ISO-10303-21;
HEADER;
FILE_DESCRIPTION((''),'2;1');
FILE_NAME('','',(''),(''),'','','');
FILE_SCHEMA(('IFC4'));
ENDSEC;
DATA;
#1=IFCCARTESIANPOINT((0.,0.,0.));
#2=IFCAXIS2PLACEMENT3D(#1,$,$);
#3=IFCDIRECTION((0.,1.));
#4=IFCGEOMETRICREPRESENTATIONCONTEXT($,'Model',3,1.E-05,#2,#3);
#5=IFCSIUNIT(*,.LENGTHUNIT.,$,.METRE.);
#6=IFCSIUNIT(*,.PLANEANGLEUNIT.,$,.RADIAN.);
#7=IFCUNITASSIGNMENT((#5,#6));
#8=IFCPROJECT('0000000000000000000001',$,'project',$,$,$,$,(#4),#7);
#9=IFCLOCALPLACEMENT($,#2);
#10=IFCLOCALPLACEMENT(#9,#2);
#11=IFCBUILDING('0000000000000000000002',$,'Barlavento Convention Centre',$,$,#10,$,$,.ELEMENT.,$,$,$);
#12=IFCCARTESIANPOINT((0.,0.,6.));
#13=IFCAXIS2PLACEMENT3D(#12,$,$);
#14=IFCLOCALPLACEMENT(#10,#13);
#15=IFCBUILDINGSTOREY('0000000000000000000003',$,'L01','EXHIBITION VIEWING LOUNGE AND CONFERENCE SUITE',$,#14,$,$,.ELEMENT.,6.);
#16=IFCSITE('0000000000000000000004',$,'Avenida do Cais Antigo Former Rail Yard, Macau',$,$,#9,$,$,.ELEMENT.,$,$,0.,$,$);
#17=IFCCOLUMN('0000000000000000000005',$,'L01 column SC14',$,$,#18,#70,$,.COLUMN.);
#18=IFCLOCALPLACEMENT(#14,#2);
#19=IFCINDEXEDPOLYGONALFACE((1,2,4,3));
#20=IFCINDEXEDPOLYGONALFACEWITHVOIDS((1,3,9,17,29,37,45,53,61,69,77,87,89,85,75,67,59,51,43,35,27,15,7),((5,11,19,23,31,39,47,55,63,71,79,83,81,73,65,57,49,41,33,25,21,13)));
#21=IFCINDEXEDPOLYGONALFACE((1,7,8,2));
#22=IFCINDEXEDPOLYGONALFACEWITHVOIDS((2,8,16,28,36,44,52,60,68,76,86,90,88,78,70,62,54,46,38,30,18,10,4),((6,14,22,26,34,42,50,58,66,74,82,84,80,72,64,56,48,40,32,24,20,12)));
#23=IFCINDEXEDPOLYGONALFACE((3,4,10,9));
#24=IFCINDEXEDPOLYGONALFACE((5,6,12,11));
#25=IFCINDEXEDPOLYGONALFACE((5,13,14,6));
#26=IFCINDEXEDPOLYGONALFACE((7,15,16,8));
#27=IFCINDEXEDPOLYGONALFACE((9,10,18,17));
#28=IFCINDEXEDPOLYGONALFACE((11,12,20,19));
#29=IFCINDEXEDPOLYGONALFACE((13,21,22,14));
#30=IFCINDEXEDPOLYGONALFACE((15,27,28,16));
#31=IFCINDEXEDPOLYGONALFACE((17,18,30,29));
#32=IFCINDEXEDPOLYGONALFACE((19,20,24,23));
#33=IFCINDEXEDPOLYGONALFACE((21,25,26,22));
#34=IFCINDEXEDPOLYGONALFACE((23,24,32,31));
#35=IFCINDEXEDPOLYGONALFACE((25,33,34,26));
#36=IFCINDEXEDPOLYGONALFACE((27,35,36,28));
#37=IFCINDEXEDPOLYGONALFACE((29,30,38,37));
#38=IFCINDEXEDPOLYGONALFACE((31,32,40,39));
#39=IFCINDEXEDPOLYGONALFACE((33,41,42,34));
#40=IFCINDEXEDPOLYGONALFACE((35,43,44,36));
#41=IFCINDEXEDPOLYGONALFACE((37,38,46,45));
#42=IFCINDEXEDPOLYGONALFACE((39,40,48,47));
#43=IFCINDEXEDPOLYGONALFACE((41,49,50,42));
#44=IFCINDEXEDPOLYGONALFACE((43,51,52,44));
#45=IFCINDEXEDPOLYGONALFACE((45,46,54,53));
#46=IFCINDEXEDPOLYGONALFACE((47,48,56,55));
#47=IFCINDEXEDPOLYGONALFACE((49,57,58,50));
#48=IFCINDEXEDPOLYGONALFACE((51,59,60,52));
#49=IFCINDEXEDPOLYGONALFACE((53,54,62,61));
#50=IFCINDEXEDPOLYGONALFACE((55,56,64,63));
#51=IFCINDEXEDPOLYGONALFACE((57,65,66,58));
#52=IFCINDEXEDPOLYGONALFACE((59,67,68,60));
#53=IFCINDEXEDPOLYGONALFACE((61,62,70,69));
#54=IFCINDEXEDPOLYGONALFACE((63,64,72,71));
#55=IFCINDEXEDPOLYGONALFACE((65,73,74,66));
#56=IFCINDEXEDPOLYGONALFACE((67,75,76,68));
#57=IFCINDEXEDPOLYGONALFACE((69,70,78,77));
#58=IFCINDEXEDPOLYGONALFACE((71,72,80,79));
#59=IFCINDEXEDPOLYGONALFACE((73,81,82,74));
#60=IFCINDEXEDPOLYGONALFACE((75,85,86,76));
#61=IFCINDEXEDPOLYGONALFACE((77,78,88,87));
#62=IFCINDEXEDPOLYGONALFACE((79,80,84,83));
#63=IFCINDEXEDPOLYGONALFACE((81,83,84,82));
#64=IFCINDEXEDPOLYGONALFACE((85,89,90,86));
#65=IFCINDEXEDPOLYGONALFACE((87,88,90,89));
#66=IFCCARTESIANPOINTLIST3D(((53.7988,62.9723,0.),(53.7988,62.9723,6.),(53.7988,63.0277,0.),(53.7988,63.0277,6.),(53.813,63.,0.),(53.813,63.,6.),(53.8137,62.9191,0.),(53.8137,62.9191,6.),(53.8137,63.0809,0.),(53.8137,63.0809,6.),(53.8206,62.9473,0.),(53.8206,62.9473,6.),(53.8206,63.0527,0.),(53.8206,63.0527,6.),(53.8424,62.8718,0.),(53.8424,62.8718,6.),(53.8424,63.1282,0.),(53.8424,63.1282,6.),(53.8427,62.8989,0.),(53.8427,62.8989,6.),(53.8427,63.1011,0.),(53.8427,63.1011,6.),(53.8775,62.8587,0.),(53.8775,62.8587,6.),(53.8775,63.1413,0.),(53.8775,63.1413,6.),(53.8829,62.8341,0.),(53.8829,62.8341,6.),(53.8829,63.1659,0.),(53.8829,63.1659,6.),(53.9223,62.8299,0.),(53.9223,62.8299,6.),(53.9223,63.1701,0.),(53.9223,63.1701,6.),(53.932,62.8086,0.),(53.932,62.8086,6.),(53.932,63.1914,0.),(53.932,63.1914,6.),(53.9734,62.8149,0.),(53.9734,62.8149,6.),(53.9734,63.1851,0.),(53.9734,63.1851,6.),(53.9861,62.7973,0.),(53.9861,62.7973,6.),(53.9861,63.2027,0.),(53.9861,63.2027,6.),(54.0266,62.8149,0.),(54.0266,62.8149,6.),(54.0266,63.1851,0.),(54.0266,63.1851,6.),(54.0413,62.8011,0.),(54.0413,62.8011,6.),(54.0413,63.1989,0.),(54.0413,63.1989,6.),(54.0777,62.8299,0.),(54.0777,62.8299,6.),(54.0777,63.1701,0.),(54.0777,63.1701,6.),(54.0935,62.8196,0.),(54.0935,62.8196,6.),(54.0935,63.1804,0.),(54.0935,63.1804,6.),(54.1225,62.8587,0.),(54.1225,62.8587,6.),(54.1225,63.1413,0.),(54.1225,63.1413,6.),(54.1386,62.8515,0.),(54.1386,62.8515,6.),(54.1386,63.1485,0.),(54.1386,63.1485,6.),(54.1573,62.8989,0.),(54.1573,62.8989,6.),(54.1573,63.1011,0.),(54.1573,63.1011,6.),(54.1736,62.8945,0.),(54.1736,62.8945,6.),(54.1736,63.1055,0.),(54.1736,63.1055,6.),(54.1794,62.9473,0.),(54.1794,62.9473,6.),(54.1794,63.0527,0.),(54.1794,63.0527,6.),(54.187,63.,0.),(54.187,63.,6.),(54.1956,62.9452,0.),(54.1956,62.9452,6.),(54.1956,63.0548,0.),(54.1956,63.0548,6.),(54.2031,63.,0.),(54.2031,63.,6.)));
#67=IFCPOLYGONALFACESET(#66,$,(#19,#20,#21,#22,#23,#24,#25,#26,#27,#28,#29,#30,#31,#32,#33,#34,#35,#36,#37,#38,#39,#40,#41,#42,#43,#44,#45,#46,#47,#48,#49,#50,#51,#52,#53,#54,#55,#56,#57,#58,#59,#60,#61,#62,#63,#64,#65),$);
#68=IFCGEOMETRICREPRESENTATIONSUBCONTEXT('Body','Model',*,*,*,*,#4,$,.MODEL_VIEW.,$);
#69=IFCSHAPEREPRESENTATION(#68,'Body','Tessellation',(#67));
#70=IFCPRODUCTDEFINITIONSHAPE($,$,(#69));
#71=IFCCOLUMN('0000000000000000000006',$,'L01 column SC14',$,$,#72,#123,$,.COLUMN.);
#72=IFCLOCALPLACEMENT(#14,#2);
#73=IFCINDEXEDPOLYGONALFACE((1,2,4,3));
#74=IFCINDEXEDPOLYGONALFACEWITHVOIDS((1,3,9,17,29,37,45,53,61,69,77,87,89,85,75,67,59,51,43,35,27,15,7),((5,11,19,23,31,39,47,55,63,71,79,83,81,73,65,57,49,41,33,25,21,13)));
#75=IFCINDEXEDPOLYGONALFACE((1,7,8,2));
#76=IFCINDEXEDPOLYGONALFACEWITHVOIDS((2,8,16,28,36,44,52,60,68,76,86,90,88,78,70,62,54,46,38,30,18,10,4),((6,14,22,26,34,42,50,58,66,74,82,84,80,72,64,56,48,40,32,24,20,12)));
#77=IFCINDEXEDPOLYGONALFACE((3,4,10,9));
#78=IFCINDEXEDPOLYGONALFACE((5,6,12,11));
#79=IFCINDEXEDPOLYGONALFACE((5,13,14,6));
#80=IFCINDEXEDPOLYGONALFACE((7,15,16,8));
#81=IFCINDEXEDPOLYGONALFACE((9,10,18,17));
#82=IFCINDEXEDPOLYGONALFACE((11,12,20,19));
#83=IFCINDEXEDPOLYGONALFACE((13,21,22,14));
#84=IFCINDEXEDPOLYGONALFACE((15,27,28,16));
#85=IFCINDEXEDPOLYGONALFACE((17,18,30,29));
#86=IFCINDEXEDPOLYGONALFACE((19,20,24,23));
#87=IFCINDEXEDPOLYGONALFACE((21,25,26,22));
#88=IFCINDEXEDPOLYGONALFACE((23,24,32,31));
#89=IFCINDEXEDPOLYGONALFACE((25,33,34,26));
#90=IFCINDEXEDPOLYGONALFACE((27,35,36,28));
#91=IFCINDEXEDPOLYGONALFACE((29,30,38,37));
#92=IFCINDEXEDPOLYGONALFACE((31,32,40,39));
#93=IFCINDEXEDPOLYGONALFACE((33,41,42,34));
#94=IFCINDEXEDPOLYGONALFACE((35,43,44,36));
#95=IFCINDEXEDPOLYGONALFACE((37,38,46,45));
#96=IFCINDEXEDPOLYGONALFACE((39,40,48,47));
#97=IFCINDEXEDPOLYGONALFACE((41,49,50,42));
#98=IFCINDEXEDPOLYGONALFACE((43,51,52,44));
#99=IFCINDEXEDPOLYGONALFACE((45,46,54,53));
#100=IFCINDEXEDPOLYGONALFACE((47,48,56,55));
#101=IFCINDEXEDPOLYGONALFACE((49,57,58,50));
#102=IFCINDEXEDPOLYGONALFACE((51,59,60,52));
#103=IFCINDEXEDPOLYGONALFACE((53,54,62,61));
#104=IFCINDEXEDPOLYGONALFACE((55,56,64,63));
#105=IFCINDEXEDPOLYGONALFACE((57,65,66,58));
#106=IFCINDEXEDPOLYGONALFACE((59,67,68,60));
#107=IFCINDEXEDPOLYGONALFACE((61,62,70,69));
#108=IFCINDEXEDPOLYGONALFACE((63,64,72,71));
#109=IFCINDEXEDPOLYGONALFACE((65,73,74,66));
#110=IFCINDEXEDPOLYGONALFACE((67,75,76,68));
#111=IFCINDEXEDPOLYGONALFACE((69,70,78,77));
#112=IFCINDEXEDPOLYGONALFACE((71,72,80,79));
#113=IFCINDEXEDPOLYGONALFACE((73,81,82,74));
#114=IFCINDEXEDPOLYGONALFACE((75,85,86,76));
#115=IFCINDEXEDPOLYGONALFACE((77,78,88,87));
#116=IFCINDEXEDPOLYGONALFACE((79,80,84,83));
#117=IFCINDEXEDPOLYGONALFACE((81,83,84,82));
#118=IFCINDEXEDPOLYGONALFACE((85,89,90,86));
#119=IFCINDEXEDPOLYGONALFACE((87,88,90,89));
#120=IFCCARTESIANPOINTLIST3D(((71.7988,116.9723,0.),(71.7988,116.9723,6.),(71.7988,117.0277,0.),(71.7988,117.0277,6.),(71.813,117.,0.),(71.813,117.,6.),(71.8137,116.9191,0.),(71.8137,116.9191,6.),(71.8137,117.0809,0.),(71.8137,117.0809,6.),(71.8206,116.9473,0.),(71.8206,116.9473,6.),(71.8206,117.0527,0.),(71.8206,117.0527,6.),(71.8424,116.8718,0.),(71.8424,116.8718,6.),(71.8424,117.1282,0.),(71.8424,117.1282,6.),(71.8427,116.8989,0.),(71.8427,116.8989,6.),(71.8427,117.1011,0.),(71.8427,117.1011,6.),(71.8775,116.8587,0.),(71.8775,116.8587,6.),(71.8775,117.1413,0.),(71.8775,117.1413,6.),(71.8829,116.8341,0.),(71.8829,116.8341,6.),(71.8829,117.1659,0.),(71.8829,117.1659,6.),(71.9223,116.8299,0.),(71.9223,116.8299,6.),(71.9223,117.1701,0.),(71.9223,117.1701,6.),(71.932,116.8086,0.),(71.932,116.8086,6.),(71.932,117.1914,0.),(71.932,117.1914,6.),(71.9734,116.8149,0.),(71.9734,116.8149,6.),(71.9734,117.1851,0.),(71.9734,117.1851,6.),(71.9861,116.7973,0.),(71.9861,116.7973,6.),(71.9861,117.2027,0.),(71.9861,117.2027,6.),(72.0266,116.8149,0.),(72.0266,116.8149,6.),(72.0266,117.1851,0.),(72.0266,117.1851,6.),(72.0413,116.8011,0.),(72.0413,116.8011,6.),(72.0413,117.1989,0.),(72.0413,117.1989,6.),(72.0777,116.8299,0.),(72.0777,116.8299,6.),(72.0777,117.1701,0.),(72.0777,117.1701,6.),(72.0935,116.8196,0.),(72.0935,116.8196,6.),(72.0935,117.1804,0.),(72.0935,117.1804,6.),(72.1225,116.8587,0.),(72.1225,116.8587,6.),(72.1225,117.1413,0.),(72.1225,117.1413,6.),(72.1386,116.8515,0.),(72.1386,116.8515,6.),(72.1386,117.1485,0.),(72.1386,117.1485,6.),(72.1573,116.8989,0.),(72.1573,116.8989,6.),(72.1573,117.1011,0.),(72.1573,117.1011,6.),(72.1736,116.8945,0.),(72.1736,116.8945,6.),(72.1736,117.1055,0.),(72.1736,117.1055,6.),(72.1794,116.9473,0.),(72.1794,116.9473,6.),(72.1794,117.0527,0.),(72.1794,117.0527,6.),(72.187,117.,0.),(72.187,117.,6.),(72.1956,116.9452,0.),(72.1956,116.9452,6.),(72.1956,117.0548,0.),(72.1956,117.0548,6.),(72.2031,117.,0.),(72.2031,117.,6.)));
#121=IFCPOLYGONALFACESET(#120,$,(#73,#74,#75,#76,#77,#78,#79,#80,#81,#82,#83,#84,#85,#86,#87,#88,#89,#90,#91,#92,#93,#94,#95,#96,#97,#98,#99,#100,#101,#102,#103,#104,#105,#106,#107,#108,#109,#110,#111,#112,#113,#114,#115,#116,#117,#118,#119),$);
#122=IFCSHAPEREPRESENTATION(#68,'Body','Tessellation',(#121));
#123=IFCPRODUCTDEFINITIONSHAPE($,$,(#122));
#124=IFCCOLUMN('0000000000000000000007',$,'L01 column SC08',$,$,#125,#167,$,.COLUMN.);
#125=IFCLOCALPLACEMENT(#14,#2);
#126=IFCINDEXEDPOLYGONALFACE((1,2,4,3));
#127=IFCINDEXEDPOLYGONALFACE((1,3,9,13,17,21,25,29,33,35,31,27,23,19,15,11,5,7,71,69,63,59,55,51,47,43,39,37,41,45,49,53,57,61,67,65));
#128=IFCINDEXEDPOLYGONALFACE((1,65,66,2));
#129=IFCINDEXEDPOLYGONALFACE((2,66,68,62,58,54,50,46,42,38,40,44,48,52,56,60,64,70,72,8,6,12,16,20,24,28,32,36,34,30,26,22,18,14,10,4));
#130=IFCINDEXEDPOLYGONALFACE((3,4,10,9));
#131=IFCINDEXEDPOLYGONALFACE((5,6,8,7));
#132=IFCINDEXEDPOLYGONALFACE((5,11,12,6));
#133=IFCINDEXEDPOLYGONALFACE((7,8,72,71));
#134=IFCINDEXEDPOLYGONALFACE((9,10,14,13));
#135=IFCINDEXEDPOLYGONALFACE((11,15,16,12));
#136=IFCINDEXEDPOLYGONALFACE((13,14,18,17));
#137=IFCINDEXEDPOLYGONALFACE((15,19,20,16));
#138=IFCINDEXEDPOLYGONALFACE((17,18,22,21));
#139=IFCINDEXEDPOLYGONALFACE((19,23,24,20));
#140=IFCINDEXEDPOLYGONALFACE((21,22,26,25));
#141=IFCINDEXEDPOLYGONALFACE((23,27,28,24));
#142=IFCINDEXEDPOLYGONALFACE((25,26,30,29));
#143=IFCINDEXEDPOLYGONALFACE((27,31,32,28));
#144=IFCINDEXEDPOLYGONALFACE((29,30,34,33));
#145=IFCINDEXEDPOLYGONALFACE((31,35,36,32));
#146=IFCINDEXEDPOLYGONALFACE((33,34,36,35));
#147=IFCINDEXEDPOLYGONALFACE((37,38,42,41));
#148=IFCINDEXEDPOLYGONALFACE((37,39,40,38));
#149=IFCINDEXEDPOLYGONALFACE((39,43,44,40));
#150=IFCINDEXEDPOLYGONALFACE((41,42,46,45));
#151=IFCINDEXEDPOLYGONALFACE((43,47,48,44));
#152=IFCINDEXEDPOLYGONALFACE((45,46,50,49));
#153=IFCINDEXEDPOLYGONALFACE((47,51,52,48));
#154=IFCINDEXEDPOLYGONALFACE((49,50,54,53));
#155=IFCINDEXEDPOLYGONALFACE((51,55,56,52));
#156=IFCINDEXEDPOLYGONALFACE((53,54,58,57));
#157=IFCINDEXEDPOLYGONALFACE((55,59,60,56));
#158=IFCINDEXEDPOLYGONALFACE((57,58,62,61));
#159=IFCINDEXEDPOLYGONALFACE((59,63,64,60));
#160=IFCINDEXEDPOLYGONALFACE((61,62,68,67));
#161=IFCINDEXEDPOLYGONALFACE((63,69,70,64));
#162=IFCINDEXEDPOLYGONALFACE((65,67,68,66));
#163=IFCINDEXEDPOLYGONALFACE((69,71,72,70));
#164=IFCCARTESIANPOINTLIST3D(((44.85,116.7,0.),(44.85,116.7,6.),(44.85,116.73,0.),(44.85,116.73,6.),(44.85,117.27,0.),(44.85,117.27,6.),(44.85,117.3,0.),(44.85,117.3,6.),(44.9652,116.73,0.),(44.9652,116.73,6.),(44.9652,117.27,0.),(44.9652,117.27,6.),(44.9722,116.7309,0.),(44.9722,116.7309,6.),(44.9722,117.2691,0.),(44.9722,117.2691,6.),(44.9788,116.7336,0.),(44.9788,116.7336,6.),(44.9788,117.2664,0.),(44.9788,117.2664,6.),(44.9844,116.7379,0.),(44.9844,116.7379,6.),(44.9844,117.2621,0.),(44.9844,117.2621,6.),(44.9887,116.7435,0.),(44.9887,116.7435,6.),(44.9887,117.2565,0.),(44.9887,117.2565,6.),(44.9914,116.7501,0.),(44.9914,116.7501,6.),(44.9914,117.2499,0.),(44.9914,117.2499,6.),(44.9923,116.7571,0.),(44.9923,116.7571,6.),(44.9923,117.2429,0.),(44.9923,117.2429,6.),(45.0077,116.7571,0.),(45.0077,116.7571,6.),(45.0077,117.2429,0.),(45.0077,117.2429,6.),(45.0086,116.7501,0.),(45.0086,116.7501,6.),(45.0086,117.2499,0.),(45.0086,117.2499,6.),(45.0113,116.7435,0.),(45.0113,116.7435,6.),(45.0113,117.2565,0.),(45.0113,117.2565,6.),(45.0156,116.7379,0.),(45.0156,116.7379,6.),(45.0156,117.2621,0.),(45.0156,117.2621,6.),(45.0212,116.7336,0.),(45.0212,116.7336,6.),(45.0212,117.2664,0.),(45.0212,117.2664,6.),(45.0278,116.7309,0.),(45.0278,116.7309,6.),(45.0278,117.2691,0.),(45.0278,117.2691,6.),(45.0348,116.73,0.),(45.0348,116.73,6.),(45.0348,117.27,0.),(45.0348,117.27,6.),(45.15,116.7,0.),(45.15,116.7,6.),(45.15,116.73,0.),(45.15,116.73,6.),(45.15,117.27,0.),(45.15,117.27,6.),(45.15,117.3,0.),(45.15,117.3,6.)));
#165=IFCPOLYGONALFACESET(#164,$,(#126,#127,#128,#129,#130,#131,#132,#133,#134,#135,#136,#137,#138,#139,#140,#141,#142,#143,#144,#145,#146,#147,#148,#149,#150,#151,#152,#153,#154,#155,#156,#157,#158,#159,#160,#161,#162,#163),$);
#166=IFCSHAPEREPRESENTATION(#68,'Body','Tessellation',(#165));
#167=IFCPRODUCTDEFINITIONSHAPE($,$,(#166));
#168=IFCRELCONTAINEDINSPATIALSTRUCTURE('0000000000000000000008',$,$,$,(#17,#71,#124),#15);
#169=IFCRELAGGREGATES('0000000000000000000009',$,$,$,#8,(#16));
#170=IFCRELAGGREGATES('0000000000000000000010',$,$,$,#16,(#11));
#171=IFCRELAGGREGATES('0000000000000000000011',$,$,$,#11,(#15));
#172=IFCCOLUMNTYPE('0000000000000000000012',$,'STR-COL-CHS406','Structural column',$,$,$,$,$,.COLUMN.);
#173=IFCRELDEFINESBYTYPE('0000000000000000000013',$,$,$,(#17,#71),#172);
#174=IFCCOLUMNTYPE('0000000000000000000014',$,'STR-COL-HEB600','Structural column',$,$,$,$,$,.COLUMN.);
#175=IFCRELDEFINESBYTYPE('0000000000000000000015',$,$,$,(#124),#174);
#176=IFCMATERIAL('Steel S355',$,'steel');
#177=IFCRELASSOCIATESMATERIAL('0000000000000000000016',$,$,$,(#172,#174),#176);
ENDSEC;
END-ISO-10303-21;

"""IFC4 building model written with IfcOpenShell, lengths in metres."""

from ifc_helpers import new_model, si_unit, direction, frame, origin, origin_2d, place, context, subcontext, project, spatial, hollow_circle, i_section, extrude, material, material_profile, profile_set, type_object, element, save


model = new_model("IFC4")

# Units and contexts
model_context = context("Model", 3, precision=1e-05, world=origin(), true_north=direction((0.0, 1.0)))
body_context = subcontext(model_context, "Body", "Model", "MODEL_VIEW")
ifc_project = project(units=[si_unit("LENGTHUNIT", "METRE"), si_unit("PLANEANGLEUNIT", "RADIAN")], contexts=[model_context])

# Site, building, storey
site_placement = place(None, origin())
site = spatial("IfcSite", under=ifc_project, at=site_placement, Name="Avenida do Cais Antigo Former Rail Yard, Macau", CompositionType="ELEMENT", RefElevation=0.0)
building_placement = place(site_placement, origin())
building = spatial("IfcBuilding", under=site, at=building_placement, Name="Barlavento Convention Centre", CompositionType="ELEMENT")
storey_placement = place(building_placement, frame((0.0, 0.0, 6.0)))
storey = spatial("IfcBuildingStorey", under=building, at=storey_placement, Name="L01", Description="EXHIBITION VIEWING LOUNGE AND CONFERENCE SUITE", CompositionType="ELEMENT", Elevation=6.0)

# Columns
ifc_material_1 = material(Name="Steel S355", Category="steel")
ifc_material_profile_1 = material_profile(ifc_material_1, hollow_circle(Radius=0.2031, WallThickness=0.0161, at=origin_2d()), Name="CHS 406.4x16.0")
ifc_profile_set_1 = profile_set([ifc_material_profile_1], Name="Steel S355")
column_type_1 = type_object("IfcColumnType", Name="STR-COL-CHS406", Description="Structural column", PredefinedType="COLUMN", material=ifc_profile_set_1)
for number, where, z_axis, x_axis, name in (
    (1, (54.0, 63.0, 0.0), (0.0, 0.0, 1.0), (1.0, 0.0, 0.0), "L01 column SC14"),
    (2, (72.0, 117.0, 0.0), (0.0, 0.0, 1.0), (1.0, 0.0, 0.0), "L01 column SC14"),
):
    element("IfcColumn", number, at=place(storey_placement, frame(where, z_axis=z_axis, x_axis=x_axis)), inside=storey, type_object=column_type_1, Name=name, PredefinedType="COLUMN", context=body_context, shape_type="SweptSolid", body=[
        extrude(hollow_circle(Radius=0.2031, WallThickness=0.0161, at=origin_2d()), origin(), (0.0, 0.0, 1.0), 6.0),
    ])
ifc_material_profile_2 = material_profile(ifc_material_1, i_section(OverallWidth=0.3, OverallDepth=0.6001, WebThickness=0.0154, FlangeThickness=0.03, FilletRadius=0.0271, at=origin_2d()), Name="HEB 600")
ifc_profile_set_2 = profile_set([ifc_material_profile_2], Name="Steel S355")
column_type_2 = type_object("IfcColumnType", Name="STR-COL-HEB600", Description="Structural column", PredefinedType="COLUMN", material=ifc_profile_set_2)
column_1_placement = place(storey_placement, frame((45.0, 117.0, 0.0), z_axis=(0.0, 0.0, 1.0), x_axis=(1.0, 0.0, 0.0)))
element("IfcColumn", 3, at=column_1_placement, inside=storey, type_object=column_type_2, Name="L01 column SC08", PredefinedType="COLUMN", context=body_context, shape_type="SweptSolid", body=[
    extrude(i_section(OverallWidth=0.3, OverallDepth=0.6001, WebThickness=0.0154, FlangeThickness=0.03, FilletRadius=0.0271, at=origin_2d()), origin(), (0.0, 0.0, 1.0), 6.0),
])

save(model, "model.ifc")
